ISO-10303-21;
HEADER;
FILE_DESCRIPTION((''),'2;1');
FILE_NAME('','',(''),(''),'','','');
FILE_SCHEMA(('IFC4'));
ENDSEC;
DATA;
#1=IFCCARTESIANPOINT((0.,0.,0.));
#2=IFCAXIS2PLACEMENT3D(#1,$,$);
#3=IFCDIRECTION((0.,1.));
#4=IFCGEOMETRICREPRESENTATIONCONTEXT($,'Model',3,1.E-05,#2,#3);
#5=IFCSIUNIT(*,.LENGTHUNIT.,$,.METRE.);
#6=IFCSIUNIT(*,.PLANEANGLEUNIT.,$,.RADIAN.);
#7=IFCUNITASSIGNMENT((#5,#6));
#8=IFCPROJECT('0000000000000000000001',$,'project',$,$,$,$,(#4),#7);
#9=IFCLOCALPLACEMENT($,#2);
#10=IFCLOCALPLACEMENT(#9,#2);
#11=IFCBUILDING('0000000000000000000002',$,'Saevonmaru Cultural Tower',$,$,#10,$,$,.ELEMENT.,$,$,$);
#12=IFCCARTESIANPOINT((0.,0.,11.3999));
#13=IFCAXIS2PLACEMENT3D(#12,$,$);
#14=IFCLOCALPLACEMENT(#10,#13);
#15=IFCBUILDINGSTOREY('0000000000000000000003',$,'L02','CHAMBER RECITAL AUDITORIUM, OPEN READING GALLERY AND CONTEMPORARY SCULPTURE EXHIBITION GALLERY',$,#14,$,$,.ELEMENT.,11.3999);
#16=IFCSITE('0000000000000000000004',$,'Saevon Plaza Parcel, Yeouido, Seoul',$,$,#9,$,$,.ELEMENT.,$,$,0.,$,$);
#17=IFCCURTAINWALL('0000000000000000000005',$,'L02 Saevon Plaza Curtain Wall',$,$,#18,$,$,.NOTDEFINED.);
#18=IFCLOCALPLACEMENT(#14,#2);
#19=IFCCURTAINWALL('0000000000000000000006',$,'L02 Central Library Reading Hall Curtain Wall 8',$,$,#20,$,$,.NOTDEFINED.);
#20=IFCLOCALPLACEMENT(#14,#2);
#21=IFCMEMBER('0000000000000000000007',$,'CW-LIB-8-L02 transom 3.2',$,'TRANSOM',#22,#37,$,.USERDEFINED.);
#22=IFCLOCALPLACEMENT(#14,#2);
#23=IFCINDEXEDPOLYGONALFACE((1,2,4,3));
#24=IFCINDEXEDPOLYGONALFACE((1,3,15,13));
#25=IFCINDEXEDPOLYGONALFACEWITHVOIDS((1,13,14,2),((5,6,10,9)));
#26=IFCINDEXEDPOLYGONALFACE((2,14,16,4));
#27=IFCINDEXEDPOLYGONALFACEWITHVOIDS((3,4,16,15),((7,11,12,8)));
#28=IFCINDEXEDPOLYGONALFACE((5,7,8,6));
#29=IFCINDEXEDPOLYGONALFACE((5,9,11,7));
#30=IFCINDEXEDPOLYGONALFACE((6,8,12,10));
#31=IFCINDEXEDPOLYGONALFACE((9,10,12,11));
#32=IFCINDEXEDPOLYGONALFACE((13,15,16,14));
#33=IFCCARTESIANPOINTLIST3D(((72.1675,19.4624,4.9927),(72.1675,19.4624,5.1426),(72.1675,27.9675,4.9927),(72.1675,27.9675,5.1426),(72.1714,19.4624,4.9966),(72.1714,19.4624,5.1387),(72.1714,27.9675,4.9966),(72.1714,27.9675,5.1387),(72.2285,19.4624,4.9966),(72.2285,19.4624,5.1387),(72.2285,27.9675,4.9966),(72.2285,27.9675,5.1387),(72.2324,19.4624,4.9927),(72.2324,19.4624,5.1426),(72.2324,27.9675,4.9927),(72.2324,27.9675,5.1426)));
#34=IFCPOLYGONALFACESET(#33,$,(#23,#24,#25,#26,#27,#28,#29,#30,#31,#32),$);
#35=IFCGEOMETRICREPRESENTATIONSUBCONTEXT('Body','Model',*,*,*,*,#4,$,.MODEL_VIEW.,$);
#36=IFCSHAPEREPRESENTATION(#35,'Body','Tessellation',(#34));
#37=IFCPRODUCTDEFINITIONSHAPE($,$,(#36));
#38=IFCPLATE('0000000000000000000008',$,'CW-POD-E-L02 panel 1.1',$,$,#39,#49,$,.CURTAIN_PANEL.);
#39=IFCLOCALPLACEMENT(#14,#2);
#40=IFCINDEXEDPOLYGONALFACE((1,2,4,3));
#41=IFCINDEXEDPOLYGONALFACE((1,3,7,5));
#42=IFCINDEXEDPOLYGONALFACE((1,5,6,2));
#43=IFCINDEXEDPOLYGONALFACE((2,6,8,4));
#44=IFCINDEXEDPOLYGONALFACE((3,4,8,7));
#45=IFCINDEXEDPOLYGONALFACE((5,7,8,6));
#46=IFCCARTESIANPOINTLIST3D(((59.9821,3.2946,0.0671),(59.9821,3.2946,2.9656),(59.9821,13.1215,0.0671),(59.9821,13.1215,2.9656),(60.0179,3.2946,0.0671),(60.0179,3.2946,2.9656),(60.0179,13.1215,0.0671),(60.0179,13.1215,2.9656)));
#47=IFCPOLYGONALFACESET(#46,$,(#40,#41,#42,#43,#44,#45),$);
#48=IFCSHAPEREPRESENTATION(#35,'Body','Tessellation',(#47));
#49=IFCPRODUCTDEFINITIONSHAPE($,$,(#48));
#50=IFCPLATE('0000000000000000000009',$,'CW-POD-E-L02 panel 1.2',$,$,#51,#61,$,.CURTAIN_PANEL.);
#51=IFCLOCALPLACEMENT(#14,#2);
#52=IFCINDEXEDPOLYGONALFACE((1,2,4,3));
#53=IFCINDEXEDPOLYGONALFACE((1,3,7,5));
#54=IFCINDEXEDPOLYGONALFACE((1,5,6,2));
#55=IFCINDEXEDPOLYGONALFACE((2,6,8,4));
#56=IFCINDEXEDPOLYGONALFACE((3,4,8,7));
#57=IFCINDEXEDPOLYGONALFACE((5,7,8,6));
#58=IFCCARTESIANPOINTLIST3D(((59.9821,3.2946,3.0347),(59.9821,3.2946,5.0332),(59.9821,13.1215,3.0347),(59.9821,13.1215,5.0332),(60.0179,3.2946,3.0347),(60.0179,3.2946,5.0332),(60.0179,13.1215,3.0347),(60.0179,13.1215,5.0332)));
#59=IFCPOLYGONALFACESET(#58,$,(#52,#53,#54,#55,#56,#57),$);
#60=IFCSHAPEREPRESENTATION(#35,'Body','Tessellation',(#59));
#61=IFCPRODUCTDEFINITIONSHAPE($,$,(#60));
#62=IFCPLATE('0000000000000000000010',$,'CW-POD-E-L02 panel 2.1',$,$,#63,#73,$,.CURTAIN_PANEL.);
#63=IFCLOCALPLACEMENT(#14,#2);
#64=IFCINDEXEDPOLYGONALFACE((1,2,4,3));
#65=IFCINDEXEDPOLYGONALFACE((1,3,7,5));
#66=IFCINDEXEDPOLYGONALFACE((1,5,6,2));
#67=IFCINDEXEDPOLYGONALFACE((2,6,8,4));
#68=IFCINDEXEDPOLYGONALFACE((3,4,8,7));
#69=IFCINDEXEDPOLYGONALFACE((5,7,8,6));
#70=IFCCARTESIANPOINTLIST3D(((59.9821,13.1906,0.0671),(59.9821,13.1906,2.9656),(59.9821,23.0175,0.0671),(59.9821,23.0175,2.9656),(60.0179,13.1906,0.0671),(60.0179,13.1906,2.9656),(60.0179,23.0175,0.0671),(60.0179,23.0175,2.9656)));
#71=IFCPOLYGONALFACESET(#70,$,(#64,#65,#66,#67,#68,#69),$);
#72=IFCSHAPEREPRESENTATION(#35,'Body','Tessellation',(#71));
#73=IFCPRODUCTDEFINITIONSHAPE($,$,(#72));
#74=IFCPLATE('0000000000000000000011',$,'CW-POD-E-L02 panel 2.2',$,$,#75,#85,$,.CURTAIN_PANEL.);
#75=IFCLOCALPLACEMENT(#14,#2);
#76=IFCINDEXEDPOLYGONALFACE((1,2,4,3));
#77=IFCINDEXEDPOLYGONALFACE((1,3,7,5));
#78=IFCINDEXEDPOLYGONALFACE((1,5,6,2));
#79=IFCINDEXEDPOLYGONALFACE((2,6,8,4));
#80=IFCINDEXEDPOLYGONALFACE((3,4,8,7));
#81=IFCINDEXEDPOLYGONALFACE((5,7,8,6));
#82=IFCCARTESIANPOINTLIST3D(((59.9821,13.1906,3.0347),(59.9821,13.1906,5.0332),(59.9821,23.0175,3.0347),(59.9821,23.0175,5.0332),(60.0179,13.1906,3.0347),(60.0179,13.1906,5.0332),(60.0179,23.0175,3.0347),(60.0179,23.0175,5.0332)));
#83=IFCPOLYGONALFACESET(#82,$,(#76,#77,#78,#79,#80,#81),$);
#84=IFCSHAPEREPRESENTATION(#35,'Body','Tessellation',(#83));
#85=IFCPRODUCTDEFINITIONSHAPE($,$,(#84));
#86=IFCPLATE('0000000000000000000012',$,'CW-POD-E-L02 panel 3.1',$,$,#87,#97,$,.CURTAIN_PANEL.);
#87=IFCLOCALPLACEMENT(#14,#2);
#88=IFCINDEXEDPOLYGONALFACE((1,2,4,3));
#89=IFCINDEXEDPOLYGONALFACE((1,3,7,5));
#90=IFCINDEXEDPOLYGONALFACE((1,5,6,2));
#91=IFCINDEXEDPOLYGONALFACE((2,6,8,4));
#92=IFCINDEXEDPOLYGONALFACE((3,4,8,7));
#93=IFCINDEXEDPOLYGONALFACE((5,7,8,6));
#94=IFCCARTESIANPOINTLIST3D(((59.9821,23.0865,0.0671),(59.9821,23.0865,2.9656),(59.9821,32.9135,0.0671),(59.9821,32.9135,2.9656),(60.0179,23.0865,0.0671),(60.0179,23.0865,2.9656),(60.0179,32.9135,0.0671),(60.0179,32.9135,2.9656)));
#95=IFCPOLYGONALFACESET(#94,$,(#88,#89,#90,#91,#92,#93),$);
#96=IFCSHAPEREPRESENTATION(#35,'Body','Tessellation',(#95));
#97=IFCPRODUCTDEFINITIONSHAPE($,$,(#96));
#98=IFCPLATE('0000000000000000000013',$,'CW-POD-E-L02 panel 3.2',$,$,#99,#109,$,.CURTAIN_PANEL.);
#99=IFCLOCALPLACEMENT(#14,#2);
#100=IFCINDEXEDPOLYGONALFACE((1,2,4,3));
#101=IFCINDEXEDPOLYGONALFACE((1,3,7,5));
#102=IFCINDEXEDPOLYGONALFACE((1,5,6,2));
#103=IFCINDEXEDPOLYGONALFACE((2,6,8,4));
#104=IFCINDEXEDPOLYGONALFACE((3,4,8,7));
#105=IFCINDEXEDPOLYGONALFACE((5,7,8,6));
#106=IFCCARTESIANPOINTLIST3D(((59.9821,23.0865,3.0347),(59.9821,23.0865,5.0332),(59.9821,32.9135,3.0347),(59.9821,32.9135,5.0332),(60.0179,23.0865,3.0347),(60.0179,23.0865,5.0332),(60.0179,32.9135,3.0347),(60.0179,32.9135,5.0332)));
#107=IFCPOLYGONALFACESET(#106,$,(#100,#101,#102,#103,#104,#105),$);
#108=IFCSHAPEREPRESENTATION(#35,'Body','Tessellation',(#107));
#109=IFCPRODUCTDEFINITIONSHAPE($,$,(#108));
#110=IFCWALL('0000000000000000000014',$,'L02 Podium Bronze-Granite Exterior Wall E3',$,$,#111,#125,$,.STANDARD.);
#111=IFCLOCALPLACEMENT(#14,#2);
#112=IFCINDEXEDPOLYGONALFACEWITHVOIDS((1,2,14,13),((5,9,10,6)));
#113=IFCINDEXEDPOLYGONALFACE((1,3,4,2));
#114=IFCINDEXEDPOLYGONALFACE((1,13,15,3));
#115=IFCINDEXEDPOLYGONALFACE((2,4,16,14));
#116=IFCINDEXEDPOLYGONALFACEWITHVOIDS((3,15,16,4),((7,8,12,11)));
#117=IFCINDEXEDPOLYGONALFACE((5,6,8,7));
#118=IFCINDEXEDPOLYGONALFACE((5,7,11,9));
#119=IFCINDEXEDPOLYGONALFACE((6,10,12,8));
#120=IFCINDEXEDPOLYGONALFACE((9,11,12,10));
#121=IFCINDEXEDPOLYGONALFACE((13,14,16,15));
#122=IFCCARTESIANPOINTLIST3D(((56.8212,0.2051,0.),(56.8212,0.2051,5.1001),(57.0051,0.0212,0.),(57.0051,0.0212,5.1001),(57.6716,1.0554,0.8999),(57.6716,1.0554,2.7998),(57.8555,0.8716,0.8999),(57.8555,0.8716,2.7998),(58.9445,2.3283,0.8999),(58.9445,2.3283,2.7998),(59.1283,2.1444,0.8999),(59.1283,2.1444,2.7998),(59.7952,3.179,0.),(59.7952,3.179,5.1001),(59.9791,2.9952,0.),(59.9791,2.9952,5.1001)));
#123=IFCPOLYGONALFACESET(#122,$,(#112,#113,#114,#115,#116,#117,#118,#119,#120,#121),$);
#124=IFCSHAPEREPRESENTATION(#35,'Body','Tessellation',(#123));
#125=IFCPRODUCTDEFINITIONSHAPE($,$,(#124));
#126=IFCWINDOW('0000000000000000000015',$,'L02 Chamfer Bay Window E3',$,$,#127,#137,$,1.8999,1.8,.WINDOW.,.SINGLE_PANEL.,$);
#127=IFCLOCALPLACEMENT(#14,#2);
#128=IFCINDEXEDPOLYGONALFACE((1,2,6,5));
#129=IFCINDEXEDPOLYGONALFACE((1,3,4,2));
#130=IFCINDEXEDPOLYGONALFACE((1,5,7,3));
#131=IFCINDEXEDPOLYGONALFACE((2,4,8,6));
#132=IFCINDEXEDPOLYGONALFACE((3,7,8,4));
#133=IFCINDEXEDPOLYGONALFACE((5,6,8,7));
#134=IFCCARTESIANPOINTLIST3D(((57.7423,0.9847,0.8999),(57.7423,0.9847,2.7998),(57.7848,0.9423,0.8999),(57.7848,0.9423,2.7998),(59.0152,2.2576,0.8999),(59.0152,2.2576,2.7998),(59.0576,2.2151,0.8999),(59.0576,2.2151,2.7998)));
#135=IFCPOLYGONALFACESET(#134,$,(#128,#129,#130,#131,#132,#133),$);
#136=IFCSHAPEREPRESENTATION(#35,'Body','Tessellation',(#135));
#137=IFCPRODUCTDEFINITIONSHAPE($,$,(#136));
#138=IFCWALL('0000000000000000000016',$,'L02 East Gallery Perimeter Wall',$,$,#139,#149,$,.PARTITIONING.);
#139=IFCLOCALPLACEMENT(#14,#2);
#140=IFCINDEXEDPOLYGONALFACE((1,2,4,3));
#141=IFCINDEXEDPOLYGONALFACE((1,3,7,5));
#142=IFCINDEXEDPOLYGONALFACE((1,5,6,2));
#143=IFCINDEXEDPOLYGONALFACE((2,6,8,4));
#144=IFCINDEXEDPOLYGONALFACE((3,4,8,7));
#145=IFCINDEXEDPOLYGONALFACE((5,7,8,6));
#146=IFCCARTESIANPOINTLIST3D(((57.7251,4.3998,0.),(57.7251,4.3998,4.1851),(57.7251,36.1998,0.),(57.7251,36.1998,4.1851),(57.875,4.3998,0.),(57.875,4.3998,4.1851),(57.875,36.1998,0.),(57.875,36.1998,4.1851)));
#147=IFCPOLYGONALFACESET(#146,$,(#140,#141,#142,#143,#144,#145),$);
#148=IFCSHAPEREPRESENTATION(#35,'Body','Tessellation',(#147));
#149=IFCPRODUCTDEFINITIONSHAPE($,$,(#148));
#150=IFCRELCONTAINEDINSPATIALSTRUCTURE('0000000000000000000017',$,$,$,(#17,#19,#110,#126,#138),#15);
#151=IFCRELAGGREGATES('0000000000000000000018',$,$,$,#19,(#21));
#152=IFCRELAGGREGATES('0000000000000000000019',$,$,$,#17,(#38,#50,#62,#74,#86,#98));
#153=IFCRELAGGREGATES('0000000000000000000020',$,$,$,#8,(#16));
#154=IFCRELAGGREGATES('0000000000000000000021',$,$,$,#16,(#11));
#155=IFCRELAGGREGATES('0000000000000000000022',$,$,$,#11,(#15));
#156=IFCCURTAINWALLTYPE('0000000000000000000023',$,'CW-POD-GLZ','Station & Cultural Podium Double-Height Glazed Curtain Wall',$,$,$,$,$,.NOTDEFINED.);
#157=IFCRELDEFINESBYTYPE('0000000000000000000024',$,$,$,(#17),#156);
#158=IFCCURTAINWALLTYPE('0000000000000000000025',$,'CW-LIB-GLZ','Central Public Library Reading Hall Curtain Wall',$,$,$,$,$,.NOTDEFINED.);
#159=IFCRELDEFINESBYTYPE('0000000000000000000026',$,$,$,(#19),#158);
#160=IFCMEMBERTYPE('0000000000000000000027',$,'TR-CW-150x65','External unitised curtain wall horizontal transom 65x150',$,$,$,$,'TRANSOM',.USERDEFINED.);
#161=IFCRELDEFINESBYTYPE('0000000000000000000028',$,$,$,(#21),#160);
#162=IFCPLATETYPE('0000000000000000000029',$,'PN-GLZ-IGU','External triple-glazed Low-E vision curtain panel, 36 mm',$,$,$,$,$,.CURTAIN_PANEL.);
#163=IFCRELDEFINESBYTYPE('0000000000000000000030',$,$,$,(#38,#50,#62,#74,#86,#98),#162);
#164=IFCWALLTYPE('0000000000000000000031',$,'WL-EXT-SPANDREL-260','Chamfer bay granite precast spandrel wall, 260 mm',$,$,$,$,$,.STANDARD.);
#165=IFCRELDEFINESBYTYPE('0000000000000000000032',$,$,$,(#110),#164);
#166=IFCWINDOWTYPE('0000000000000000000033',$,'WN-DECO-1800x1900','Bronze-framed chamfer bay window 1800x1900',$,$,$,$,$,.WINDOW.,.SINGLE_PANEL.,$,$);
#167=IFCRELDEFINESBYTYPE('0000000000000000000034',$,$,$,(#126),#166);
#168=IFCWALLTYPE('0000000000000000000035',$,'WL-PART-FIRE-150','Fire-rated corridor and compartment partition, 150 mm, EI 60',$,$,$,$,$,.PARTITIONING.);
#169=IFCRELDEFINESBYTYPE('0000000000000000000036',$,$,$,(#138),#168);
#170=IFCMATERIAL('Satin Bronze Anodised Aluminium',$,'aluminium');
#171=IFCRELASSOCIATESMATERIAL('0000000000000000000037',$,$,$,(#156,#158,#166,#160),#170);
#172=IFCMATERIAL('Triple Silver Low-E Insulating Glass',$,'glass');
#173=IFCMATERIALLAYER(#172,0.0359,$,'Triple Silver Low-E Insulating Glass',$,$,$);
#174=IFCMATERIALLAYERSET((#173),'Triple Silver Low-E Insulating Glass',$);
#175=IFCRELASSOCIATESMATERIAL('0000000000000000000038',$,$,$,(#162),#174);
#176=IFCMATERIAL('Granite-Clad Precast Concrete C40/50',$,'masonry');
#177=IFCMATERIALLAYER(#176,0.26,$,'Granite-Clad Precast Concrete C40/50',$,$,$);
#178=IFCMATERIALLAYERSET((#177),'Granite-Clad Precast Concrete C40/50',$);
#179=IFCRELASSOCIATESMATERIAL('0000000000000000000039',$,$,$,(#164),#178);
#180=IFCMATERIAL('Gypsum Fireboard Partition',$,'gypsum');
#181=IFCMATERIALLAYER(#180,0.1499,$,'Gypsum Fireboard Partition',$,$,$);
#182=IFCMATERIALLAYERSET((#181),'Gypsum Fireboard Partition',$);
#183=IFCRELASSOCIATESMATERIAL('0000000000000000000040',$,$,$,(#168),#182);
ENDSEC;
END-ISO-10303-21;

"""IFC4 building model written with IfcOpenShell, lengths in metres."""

from ifc_helpers import new_model, si_unit, direction, frame, frame_2d, origin, origin_2d, place, context, subcontext, project, spatial, rectangle, hollow_rectangle, extrude, material, layer, layer_set, material_profile, profile_set, type_object, element, fill, aggregate, save


model = new_model("IFC4")

# Units and contexts
model_context = context("Model", 3, precision=1e-05, world=origin(), true_north=direction((0.0, 1.0)))
body_context = subcontext(model_context, "Body", "Model", "MODEL_VIEW")
ifc_project = project(units=[si_unit("LENGTHUNIT", "METRE"), si_unit("PLANEANGLEUNIT", "RADIAN")], contexts=[model_context])

# Site, building, storey
site_placement = place(None, origin())
site = spatial("IfcSite", under=ifc_project, at=site_placement, Name="Saevon Plaza Parcel, Yeouido, Seoul", CompositionType="ELEMENT", RefElevation=0.0)
building_placement = place(site_placement, origin())
building = spatial("IfcBuilding", under=site, at=building_placement, Name="Saevonmaru Cultural Tower", CompositionType="ELEMENT")
storey_placement = place(building_placement, frame((0.0, 0.0, 11.3999)))
storey = spatial("IfcBuildingStorey", under=building, at=storey_placement, Name="L02", Description="CHAMBER RECITAL AUDITORIUM, OPEN READING GALLERY AND CONTEMPORARY SCULPTURE EXHIBITION GALLERY", CompositionType="ELEMENT", Elevation=11.3999)

# Shared definitions
ifc_material_1 = material(Name="Satin Bronze Anodised Aluminium", Category="aluminium")
curtain_wall_type_1 = type_object("IfcCurtainWallType", Name="CW-POD-GLZ", Description="Station & Cultural Podium Double-Height Glazed Curtain Wall", PredefinedType="NOTDEFINED", material=ifc_material_1)

# Curtain walls
curtain_wall_1_placement = place(storey_placement, origin())
curtain_wall_1 = element("IfcCurtainWall", 1, at=curtain_wall_1_placement, inside=storey, type_object=curtain_wall_type_1, Name="L02 Saevon Plaza Curtain Wall", PredefinedType="NOTDEFINED")
curtain_wall_type_2 = type_object("IfcCurtainWallType", Name="CW-LIB-GLZ", Description="Central Public Library Reading Hall Curtain Wall", PredefinedType="NOTDEFINED", material=ifc_material_1)
curtain_wall_2_placement = place(storey_placement, origin())
curtain_wall_2 = element("IfcCurtainWall", 2, at=curtain_wall_2_placement, inside=storey, type_object=curtain_wall_type_2, Name="L02 Central Library Reading Hall Curtain Wall 8", PredefinedType="NOTDEFINED")

# Member
ifc_material_profile_1 = material_profile(ifc_material_1, hollow_rectangle(XDim=0.0649, YDim=0.1499, WallThickness=0.0039, at=origin_2d()), Name="ALU-TRAN-150x65x4")
ifc_profile_set_1 = profile_set([ifc_material_profile_1], Name="Satin Bronze Anodised Aluminium")
member_type_1 = type_object("IfcMemberType", Name="TR-CW-150x65", Description="External unitised curtain wall horizontal transom 65x150", ElementType="TRANSOM", PredefinedType="USERDEFINED", material=ifc_profile_set_1)
member_1_placement = place(storey_placement, frame((72.2, 27.9675, 5.0676), z_axis=(0.0, -1.0, 0.0), x_axis=(1.0, 0.0, 0.0)))
member_1 = element("IfcMember", 3, at=member_1_placement, type_object=member_type_1, Name="CW-LIB-8-L02 transom 3.2", ObjectType="TRANSOM", PredefinedType="USERDEFINED", context=body_context, shape_type="SweptSolid", body=[
    extrude(hollow_rectangle(XDim=0.0649, YDim=0.1499, WallThickness=0.0039, at=origin_2d()), origin(), (0.0, 0.0, 1.0), 8.5051),
])
aggregate(curtain_wall_2, [member_1])

# Plates
ifc_material_2 = material(Name="Triple Silver Low-E Insulating Glass", Category="glass")
ifc_layer_1 = layer(ifc_material_2, 0.0359, Name="Triple Silver Low-E Insulating Glass")
ifc_layer_set_1 = layer_set([ifc_layer_1], Name="Triple Silver Low-E Insulating Glass")
plate_type = type_object("IfcPlateType", Name="PN-GLZ-IGU", Description="External triple-glazed Low-E vision curtain panel, 36 mm", PredefinedType="CURTAIN_PANEL", material=ifc_layer_set_1)
plate_1_placement = place(storey_placement, frame((60.0, 8.208, 0.0671), z_axis=(0.0, 0.0, 1.0), x_axis=(0.0, 1.0, 0.0)))
plate_1 = element("IfcPlate", 4, at=plate_1_placement, type_object=plate_type, Name="CW-POD-E-L02 panel 1.1", PredefinedType="CURTAIN_PANEL", context=body_context, shape_type="SweptSolid", body=[
    extrude(rectangle(XDim=9.8269, YDim=0.0359, at=origin_2d()), origin(), (0.0, 0.0, 1.0), 2.8984),
])
plate_2_placement = place(storey_placement, frame((60.0, 8.208, 3.0347), z_axis=(0.0, 0.0, 1.0), x_axis=(0.0, 1.0, 0.0)))
plate_2 = element("IfcPlate", 5, at=plate_2_placement, type_object=plate_type, Name="CW-POD-E-L02 panel 1.2", PredefinedType="CURTAIN_PANEL", context=body_context, shape_type="SweptSolid", body=[
    extrude(rectangle(XDim=9.8269, YDim=0.0359, at=origin_2d()), origin(), (0.0, 0.0, 1.0), 1.9985),
])
plate_3_placement = place(storey_placement, frame((60.0, 18.104, 0.0671), z_axis=(0.0, 0.0, 1.0), x_axis=(0.0, 1.0, 0.0)))
plate_3 = element("IfcPlate", 6, at=plate_3_placement, type_object=plate_type, Name="CW-POD-E-L02 panel 2.1", PredefinedType="CURTAIN_PANEL", context=body_context, shape_type="SweptSolid", body=[
    extrude(rectangle(XDim=9.8269, YDim=0.0359, at=origin_2d()), origin(), (0.0, 0.0, 1.0), 2.8984),
])
plate_4_placement = place(storey_placement, frame((60.0, 18.104, 3.0347), z_axis=(0.0, 0.0, 1.0), x_axis=(0.0, 1.0, 0.0)))
plate_4 = element("IfcPlate", 7, at=plate_4_placement, type_object=plate_type, Name="CW-POD-E-L02 panel 2.2", PredefinedType="CURTAIN_PANEL", context=body_context, shape_type="SweptSolid", body=[
    extrude(rectangle(XDim=9.8269, YDim=0.0359, at=origin_2d()), origin(), (0.0, 0.0, 1.0), 1.9985),
])
plate_5_placement = place(storey_placement, frame((60.0, 28.0, 0.0671), z_axis=(0.0, 0.0, 1.0), x_axis=(0.0, 1.0, 0.0)))
plate_5 = element("IfcPlate", 8, at=plate_5_placement, type_object=plate_type, Name="CW-POD-E-L02 panel 3.1", PredefinedType="CURTAIN_PANEL", context=body_context, shape_type="SweptSolid", body=[
    extrude(rectangle(XDim=9.8269, YDim=0.0359, at=origin_2d()), origin(), (0.0, 0.0, 1.0), 2.8984),
])
plate_6_placement = place(storey_placement, frame((60.0, 28.0, 3.0347), z_axis=(0.0, 0.0, 1.0), x_axis=(0.0, 1.0, 0.0)))
plate_6 = element("IfcPlate", 9, at=plate_6_placement, type_object=plate_type, Name="CW-POD-E-L02 panel 3.2", PredefinedType="CURTAIN_PANEL", context=body_context, shape_type="SweptSolid", body=[
    extrude(rectangle(XDim=9.8269, YDim=0.0359, at=origin_2d()), origin(), (0.0, 0.0, 1.0), 1.9985),
])
aggregate(curtain_wall_1, [plate_1, plate_2, plate_3, plate_4, plate_5, plate_6])

# Wall, opening, window
ifc_material_3 = material(Name="Granite-Clad Precast Concrete C40/50", Category="masonry")
ifc_layer_2 = layer(ifc_material_3, 0.26, Name="Granite-Clad Precast Concrete C40/50")
ifc_layer_set_2 = layer_set([ifc_layer_2], Name="Granite-Clad Precast Concrete C40/50")
wall_type_1 = type_object("IfcWallType", Name="WL-EXT-SPANDREL-260", Description="Chamfer bay granite precast spandrel wall, 260 mm", PredefinedType="STANDARD", material=ifc_layer_set_2)
wall_1_placement = place(storey_placement, frame((56.9131, 0.113, 0.0), z_axis=(0.0, 0.0, 1.0), x_axis=(0.707107, 0.707107, 0.0)))
wall_1 = element("IfcWall", 10, at=wall_1_placement, inside=storey, type_object=wall_type_1, Name="L02 Podium Bronze-Granite Exterior Wall E3", PredefinedType="STANDARD", context=body_context, shape_type="SweptSolid", body=[
    extrude(rectangle(XDim=4.2058, YDim=0.26, at=frame_2d((2.103, 0.0))), origin(), (0.0, 0.0, 1.0), 5.1001),
])
opening_placement = place(wall_1_placement, frame((1.2029, 0.0, 0.8999)))
opening = element("IfcOpeningElement", 11, at=opening_placement, cuts=wall_1, PredefinedType="OPENING", context=body_context, shape_type="SweptSolid", body=[
    extrude(rectangle(XDim=1.8, YDim=1.8999, at=frame_2d((0.8999, 0.95))), frame((0.0, 0.1401, 0.0), z_axis=(0.0, -1.0, 0.0), x_axis=(1.0, 0.0, 0.0)), (0.0, 0.0, 1.0), 0.28),
])
window_type = type_object("IfcWindowType", Name="WN-DECO-1800x1900", Description="Bronze-framed chamfer bay window 1800x1900", PartitioningType="SINGLE_PANEL", PredefinedType="WINDOW", material=ifc_material_1)
window_placement = place(opening_placement, origin())
window = element("IfcWindow", 12, at=window_placement, inside=storey, type_object=window_type, Name="L02 Chamfer Bay Window E3", OverallHeight=1.8999, OverallWidth=1.8, PartitioningType="SINGLE_PANEL", PredefinedType="WINDOW", context=body_context, shape_type="SweptSolid", body=[
    extrude(rectangle(XDim=1.8, YDim=1.8999, at=frame_2d((0.8999, 0.95))), frame((0.0, 0.03, 0.0), z_axis=(0.0, -1.0, 0.0), x_axis=(1.0, 0.0, 0.0)), (0.0, 0.0, 1.0), 0.0601),
])
fill(opening, window)

# Wall
ifc_material_4 = material(Name="Gypsum Fireboard Partition", Category="gypsum")
ifc_layer_3 = layer(ifc_material_4, 0.1499, Name="Gypsum Fireboard Partition")
ifc_layer_set_3 = layer_set([ifc_layer_3], Name="Gypsum Fireboard Partition")
wall_type_2 = type_object("IfcWallType", Name="WL-PART-FIRE-150", Description="Fire-rated corridor and compartment partition, 150 mm, EI 60", PredefinedType="PARTITIONING", material=ifc_layer_set_3)
wall_2_placement = place(storey_placement, frame((57.8, 4.3999, 0.0), z_axis=(0.0, 0.0, 1.0), x_axis=(0.0, 1.0, 0.0)))
element("IfcWall", 13, at=wall_2_placement, inside=storey, type_object=wall_type_2, Name="L02 East Gallery Perimeter Wall", PredefinedType="PARTITIONING", context=body_context, shape_type="SweptSolid", body=[
    extrude(rectangle(XDim=31.8, YDim=0.1499, at=frame_2d((15.8999, 0.0))), origin(), (0.0, 0.0, 1.0), 4.1851),
])

save(model, "model.ifc")
